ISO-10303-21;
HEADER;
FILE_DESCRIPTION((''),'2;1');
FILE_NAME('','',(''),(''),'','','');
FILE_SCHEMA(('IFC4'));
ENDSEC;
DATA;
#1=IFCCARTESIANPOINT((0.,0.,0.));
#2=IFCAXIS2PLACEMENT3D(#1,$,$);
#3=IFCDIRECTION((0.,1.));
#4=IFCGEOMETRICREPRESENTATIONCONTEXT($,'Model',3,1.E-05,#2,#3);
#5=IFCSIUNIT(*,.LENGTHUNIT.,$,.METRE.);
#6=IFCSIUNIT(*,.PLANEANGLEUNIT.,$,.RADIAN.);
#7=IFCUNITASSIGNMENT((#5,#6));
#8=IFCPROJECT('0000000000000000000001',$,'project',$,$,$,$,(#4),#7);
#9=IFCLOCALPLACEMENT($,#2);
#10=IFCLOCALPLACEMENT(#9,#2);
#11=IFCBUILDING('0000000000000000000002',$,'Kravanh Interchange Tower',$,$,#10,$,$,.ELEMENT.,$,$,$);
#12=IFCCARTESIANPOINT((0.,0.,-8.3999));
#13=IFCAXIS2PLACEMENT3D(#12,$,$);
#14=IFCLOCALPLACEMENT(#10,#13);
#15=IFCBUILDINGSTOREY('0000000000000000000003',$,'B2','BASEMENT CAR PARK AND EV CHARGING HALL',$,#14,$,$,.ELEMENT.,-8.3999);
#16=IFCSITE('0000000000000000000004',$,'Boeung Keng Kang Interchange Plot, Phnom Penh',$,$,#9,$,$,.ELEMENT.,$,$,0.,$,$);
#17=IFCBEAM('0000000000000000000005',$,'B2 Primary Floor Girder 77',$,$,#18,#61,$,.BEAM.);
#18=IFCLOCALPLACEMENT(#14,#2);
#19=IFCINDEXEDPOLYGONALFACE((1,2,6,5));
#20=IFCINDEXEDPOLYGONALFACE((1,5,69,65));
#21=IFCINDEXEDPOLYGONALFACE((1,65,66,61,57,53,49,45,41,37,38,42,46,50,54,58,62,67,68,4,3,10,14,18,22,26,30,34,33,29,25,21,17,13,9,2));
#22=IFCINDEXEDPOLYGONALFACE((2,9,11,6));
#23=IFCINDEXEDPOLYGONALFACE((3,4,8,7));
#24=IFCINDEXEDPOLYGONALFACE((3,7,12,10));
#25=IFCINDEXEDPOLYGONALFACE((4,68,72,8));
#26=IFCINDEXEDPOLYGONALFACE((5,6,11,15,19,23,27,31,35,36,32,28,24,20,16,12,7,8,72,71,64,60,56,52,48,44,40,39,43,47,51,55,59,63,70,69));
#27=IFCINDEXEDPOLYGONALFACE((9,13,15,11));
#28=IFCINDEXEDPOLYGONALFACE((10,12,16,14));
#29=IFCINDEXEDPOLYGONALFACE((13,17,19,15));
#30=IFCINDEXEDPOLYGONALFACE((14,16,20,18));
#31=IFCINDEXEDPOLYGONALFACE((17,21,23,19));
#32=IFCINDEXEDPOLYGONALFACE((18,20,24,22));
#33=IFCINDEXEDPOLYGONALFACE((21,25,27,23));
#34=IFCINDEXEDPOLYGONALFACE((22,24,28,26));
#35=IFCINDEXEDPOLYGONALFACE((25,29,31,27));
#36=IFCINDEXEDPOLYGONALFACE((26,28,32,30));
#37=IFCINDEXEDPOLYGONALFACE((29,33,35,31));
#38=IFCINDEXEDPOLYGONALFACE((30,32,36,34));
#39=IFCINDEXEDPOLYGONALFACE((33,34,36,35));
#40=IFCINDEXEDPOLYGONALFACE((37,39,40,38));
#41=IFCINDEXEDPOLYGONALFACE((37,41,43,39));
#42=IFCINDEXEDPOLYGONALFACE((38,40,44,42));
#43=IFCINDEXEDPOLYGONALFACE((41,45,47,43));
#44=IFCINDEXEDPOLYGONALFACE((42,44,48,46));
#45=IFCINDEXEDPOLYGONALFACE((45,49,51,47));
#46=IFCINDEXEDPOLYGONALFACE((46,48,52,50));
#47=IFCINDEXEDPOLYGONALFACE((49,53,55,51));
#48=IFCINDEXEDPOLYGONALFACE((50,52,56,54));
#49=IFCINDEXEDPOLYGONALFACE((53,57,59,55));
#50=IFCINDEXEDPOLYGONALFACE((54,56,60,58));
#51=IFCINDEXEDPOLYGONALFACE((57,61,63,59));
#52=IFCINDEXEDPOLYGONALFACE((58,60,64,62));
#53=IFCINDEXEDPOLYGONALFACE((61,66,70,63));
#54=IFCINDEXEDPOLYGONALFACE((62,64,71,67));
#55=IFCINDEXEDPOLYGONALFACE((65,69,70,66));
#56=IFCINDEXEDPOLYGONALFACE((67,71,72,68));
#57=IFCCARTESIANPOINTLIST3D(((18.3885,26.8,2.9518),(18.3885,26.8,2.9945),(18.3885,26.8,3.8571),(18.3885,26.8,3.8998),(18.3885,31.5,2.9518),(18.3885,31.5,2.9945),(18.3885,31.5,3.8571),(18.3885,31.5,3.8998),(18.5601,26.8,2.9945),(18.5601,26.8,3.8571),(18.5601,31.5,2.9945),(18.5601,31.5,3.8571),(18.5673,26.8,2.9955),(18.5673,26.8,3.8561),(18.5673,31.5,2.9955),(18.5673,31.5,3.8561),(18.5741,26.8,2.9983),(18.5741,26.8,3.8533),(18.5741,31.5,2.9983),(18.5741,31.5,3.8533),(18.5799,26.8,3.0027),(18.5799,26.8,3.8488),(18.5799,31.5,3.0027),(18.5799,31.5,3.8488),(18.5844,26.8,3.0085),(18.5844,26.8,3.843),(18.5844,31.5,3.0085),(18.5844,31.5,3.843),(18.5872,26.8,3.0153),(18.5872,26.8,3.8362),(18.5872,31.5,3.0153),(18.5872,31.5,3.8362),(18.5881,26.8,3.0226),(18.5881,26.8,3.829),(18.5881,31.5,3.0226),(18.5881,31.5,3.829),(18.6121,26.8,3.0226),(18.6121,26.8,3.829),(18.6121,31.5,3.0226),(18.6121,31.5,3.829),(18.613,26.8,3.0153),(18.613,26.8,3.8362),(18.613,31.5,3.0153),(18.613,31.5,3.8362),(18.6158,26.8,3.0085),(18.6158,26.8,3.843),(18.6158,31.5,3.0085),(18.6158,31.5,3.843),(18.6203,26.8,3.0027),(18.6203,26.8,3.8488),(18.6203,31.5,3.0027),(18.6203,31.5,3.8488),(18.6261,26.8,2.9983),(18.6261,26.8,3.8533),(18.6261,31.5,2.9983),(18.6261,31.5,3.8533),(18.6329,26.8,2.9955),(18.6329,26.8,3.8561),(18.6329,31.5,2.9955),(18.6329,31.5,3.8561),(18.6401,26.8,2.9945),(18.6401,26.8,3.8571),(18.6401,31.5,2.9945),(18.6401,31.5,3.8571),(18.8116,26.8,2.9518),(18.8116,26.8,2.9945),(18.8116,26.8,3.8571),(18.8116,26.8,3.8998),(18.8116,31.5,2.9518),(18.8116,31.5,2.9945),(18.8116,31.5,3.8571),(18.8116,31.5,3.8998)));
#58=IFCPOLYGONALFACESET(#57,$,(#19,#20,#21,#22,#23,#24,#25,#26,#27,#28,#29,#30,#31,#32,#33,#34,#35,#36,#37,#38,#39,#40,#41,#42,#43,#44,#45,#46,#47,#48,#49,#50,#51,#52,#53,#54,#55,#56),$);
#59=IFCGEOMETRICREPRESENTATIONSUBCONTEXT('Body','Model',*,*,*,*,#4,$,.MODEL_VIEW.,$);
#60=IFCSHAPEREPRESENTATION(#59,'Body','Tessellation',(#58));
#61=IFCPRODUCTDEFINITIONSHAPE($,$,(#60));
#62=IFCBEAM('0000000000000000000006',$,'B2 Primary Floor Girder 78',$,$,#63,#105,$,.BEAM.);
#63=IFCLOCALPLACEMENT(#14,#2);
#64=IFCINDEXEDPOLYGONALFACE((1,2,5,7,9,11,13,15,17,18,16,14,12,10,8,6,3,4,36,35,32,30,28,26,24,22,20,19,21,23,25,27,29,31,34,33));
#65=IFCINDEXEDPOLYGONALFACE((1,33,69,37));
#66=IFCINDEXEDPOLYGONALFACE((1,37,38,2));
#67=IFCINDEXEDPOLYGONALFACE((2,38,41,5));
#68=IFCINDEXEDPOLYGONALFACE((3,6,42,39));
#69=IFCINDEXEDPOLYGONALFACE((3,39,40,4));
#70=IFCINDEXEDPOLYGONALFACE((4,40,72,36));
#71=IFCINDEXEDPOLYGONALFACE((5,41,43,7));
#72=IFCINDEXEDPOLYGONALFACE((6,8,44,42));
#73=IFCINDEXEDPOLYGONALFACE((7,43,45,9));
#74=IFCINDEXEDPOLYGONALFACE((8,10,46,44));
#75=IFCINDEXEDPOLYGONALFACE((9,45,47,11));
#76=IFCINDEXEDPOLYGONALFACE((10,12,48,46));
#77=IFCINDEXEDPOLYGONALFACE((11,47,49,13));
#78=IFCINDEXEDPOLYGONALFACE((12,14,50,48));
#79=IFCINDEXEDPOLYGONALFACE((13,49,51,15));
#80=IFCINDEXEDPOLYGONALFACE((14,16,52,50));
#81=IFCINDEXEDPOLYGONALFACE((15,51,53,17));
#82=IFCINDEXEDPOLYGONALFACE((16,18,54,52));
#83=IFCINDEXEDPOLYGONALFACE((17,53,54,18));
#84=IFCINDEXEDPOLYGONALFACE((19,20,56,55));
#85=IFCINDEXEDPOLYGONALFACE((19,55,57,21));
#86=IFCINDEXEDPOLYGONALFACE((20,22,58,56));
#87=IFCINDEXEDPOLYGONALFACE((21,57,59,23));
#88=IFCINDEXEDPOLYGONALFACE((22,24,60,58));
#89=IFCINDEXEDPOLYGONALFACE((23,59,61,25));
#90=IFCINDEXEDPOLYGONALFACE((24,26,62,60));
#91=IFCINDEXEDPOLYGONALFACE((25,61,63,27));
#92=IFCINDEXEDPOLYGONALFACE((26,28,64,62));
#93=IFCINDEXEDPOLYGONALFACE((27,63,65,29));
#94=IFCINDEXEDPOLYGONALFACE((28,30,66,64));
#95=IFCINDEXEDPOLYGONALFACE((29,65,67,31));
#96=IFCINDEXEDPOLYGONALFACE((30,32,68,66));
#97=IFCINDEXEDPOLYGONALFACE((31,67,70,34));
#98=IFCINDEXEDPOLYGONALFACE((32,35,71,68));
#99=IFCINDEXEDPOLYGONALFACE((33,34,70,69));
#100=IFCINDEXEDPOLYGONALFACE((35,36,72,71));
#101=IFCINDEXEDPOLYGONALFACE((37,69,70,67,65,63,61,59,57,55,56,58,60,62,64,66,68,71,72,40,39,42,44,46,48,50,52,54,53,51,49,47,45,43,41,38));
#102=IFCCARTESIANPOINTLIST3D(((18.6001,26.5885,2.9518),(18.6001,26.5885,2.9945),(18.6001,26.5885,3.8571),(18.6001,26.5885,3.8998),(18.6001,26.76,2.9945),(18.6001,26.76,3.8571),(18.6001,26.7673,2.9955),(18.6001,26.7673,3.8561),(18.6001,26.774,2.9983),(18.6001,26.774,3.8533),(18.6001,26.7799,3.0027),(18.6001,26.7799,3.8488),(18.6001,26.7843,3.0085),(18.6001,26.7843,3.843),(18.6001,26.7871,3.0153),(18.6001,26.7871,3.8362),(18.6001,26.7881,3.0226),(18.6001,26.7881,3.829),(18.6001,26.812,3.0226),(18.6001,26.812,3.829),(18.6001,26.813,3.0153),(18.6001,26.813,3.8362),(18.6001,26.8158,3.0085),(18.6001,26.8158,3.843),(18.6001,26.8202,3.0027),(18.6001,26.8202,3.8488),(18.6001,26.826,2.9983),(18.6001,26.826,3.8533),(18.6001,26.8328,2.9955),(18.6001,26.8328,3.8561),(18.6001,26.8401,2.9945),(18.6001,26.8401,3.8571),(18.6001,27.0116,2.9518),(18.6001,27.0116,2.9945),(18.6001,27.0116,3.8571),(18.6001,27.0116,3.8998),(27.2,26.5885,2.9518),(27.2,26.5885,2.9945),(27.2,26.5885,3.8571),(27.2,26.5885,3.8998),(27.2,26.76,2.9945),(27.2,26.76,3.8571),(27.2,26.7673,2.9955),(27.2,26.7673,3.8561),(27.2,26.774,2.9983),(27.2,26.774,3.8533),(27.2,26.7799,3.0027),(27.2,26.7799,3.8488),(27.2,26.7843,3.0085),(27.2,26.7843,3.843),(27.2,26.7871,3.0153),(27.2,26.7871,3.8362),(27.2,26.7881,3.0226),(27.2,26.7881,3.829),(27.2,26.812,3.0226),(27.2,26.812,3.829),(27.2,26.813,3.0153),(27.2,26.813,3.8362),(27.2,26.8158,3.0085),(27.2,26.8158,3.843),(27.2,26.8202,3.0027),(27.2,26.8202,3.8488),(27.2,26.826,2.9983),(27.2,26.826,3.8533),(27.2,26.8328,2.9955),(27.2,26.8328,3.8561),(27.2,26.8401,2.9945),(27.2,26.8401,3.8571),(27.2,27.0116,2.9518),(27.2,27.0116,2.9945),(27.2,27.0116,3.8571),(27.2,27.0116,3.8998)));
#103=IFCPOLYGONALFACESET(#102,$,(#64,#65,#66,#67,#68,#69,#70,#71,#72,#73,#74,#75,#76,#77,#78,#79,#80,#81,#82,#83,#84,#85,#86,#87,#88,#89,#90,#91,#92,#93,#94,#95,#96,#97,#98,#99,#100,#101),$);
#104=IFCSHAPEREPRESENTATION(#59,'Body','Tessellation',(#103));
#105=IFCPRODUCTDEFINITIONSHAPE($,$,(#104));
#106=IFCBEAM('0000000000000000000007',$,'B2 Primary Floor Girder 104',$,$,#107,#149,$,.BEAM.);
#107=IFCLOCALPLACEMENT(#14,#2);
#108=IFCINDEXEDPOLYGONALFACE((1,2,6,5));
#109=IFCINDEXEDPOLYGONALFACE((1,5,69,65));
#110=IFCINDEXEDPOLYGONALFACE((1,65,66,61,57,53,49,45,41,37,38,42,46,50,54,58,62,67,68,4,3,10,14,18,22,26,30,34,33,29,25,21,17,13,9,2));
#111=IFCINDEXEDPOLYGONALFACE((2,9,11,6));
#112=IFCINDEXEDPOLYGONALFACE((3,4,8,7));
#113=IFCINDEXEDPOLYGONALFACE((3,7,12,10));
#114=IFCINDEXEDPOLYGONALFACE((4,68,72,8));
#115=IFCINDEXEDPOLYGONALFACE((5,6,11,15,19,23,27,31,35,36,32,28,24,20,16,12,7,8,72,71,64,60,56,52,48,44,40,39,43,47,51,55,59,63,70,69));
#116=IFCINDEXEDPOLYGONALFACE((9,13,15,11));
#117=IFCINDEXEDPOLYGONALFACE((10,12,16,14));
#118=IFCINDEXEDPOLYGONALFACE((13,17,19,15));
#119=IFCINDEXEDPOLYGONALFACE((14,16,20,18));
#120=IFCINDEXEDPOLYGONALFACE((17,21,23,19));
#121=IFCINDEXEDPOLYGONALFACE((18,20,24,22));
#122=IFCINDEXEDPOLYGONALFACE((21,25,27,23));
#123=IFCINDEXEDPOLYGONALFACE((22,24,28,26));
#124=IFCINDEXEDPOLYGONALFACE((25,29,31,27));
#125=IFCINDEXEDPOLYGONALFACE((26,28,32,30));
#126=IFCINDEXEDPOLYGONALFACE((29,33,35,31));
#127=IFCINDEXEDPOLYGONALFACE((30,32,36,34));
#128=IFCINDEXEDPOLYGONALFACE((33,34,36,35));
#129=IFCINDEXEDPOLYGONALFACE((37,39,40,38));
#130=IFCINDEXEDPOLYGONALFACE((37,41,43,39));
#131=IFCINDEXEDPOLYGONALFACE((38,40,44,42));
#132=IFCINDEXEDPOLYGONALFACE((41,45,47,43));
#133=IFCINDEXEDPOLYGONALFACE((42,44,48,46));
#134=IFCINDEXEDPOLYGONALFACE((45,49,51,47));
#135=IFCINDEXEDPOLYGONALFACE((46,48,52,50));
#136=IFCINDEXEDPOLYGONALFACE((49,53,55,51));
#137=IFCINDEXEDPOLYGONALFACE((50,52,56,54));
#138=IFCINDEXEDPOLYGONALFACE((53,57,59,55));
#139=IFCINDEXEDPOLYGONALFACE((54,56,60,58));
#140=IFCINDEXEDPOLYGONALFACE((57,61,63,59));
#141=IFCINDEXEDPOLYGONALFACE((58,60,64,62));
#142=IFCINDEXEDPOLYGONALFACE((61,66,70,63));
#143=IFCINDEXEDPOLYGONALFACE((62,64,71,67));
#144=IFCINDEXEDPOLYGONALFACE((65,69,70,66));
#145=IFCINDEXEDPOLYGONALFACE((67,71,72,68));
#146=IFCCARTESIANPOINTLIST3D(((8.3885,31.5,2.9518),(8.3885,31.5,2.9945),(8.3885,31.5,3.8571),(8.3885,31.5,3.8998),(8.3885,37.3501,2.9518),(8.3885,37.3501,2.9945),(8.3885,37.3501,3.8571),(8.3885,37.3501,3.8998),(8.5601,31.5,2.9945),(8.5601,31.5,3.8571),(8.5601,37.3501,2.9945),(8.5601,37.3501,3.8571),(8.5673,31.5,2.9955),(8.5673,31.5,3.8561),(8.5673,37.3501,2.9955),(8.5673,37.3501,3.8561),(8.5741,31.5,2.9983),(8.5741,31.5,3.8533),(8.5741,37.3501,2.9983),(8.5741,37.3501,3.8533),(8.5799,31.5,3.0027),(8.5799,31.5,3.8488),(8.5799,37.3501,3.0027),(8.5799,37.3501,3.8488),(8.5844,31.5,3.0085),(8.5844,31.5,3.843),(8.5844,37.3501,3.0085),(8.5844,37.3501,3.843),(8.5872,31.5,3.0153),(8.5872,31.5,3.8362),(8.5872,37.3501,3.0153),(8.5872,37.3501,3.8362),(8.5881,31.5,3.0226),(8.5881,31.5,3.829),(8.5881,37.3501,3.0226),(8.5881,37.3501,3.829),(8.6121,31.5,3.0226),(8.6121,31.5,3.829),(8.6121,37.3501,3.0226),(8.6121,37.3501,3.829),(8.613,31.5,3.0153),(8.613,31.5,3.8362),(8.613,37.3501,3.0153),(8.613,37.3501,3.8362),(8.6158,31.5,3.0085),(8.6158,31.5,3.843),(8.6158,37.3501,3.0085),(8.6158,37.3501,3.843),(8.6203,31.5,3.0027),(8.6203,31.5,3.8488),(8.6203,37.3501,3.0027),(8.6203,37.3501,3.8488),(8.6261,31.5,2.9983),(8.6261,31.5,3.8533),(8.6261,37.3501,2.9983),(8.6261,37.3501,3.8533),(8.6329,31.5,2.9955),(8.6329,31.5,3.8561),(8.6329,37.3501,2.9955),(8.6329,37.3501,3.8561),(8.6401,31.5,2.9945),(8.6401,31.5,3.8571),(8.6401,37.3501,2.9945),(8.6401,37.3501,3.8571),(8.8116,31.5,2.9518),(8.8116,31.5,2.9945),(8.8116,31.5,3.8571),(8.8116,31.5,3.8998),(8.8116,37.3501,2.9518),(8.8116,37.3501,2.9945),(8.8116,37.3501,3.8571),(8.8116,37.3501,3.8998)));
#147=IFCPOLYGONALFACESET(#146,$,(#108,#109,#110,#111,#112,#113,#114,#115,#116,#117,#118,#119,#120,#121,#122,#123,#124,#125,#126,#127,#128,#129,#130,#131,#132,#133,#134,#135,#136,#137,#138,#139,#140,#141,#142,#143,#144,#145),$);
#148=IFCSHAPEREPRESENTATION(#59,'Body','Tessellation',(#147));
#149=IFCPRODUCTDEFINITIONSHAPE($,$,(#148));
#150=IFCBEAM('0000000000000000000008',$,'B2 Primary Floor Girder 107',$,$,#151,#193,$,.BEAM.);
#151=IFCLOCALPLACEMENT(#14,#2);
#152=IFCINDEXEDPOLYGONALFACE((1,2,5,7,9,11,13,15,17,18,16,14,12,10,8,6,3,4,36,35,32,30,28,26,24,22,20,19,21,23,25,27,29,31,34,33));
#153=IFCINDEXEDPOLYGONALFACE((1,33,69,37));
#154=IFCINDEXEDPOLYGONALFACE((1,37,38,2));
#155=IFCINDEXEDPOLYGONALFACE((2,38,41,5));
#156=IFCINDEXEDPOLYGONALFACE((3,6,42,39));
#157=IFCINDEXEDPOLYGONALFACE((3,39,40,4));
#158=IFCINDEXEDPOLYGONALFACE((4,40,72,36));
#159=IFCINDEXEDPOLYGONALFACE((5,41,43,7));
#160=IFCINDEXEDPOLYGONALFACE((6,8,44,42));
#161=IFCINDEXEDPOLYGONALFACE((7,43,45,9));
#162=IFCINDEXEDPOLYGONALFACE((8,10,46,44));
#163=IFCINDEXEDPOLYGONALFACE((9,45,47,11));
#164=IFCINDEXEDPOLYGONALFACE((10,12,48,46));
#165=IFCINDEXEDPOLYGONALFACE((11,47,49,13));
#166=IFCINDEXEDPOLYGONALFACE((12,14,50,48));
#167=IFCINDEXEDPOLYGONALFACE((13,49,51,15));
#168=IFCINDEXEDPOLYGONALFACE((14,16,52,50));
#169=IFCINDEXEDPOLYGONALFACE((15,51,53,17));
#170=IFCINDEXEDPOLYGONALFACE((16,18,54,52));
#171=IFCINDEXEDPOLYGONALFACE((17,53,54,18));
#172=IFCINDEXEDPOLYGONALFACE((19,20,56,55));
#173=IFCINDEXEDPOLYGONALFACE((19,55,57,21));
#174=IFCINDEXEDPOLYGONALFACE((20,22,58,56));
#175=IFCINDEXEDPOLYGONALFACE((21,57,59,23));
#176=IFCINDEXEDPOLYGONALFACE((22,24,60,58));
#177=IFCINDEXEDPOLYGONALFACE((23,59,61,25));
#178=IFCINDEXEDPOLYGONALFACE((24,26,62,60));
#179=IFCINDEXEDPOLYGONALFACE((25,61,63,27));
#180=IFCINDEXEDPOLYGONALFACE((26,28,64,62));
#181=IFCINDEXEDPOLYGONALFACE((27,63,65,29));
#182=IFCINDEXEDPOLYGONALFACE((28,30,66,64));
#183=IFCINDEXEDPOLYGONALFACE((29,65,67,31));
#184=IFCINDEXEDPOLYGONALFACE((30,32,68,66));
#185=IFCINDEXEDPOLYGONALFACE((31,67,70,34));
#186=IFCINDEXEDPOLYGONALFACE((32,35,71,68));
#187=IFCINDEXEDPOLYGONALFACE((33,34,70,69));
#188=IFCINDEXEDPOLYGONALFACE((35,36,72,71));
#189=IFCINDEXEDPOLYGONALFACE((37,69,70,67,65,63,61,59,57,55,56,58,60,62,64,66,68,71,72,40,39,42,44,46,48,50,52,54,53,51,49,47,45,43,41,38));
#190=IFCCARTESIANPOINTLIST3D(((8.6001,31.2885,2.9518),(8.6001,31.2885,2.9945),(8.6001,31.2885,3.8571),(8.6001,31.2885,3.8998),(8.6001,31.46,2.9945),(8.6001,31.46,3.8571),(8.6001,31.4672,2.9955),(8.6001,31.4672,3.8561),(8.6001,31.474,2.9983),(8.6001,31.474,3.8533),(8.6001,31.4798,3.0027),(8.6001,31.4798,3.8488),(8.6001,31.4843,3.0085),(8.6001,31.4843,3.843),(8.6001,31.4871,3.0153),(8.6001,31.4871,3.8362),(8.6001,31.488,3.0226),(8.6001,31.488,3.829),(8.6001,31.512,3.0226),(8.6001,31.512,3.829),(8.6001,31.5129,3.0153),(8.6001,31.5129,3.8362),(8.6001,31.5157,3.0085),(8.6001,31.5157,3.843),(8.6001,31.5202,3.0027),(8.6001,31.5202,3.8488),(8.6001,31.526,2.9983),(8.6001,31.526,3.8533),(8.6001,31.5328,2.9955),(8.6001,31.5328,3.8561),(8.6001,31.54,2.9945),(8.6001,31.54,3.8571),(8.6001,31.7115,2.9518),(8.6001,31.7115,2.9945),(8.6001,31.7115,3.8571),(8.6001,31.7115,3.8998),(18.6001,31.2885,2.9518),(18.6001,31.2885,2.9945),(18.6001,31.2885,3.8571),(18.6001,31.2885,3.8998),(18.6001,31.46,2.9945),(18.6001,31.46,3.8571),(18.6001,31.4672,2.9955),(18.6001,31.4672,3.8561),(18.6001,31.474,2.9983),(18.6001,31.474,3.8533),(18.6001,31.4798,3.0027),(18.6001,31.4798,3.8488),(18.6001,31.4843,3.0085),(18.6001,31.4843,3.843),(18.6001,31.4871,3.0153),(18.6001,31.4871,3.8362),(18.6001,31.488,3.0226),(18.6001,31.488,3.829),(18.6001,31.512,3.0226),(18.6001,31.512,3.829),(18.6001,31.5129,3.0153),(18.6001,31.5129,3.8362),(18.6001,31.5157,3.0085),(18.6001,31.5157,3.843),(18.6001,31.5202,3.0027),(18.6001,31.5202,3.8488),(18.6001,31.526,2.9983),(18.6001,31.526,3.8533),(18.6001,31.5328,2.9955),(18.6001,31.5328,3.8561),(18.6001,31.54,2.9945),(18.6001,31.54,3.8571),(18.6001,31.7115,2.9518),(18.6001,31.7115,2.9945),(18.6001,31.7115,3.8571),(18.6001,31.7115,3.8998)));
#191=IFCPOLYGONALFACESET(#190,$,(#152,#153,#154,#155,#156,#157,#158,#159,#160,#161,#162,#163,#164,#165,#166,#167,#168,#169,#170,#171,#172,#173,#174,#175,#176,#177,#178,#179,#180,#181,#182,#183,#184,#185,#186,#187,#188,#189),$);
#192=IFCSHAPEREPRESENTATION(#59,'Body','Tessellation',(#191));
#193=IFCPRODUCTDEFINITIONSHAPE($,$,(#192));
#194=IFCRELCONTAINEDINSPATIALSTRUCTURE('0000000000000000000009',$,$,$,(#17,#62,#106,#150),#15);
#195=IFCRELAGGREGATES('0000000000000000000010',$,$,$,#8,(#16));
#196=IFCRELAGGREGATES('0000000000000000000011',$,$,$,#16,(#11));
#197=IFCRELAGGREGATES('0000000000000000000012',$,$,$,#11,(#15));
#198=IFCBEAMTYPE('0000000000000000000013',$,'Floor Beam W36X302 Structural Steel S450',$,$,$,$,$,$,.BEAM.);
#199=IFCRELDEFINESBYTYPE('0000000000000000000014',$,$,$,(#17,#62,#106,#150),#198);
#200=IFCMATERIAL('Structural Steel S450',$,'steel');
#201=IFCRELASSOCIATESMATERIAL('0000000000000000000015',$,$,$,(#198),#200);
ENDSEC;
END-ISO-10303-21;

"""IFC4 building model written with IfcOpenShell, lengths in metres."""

from ifc_helpers import new_model, si_unit, direction, frame, origin, origin_2d, place, context, subcontext, project, spatial, i_section, extrude, material, material_profile, profile_set, type_object, element, save


model = new_model("IFC4")

# Units and contexts
model_context = context("Model", 3, precision=1e-05, world=origin(), true_north=direction((0.0, 1.0)))
body_context = subcontext(model_context, "Body", "Model", "MODEL_VIEW")
ifc_project = project(units=[si_unit("LENGTHUNIT", "METRE"), si_unit("PLANEANGLEUNIT", "RADIAN")], contexts=[model_context])

# Site, building, storey
site_placement = place(None, origin())
site = spatial("IfcSite", under=ifc_project, at=site_placement, Name="Boeung Keng Kang Interchange Plot, Phnom Penh", CompositionType="ELEMENT", RefElevation=0.0)
building_placement = place(site_placement, origin())
building = spatial("IfcBuilding", under=site, at=building_placement, Name="Kravanh Interchange Tower", CompositionType="ELEMENT")
storey_placement = place(building_placement, frame((0.0, 0.0, -8.3999)))
storey = spatial("IfcBuildingStorey", under=building, at=storey_placement, Name="B2", Description="BASEMENT CAR PARK AND EV CHARGING HALL", CompositionType="ELEMENT", Elevation=-8.3999)

# Beams
ifc_material_1 = material(Name="Structural Steel S450", Category="steel")
ifc_material_profile_1 = material_profile(ifc_material_1, i_section(OverallWidth=0.4231, OverallDepth=0.948, WebThickness=0.0239, FlangeThickness=0.0427, FilletRadius=0.0281, at=origin_2d()), Name="W36X302")
ifc_profile_set_1 = profile_set([ifc_material_profile_1], Name="Structural Steel S450")
beam_type_1 = type_object("IfcBeamType", Name="Floor Beam W36X302 Structural Steel S450", PredefinedType="BEAM", material=ifc_profile_set_1)
beam_1_placement = place(storey_placement, frame((18.6001, 26.8, 3.4258), z_axis=(0.0, 1.0, 0.0), x_axis=(-1.0, 0.0, 0.0)))
element("IfcBeam", 1, at=beam_1_placement, inside=storey, type_object=beam_type_1, Name="B2 Primary Floor Girder 77", PredefinedType="BEAM", context=body_context, shape_type="SweptSolid", body=[
    extrude(i_section(OverallWidth=0.4231, OverallDepth=0.948, WebThickness=0.0239, FlangeThickness=0.0427, FilletRadius=0.0281, at=origin_2d()), origin(), (0.0, 0.0, 1.0), 4.7),
])
beam_2_placement = place(storey_placement, frame((18.6001, 26.8, 3.4258), z_axis=(1.0, 0.0, 0.0), x_axis=(0.0, 1.0, 0.0)))
element("IfcBeam", 2, at=beam_2_placement, inside=storey, type_object=beam_type_1, Name="B2 Primary Floor Girder 78", PredefinedType="BEAM", context=body_context, shape_type="SweptSolid", body=[
    extrude(i_section(OverallWidth=0.4231, OverallDepth=0.948, WebThickness=0.0239, FlangeThickness=0.0427, FilletRadius=0.0281, at=origin_2d()), origin(), (0.0, 0.0, 1.0), 8.5999),
])
beam_3_placement = place(storey_placement, frame((8.6001, 31.5, 3.4258), z_axis=(0.0, 1.0, 0.0), x_axis=(-1.0, 0.0, 0.0)))
element("IfcBeam", 3, at=beam_3_placement, inside=storey, type_object=beam_type_1, Name="B2 Primary Floor Girder 104", PredefinedType="BEAM", context=body_context, shape_type="SweptSolid", body=[
    extrude(i_section(OverallWidth=0.4231, OverallDepth=0.948, WebThickness=0.0239, FlangeThickness=0.0427, FilletRadius=0.0281, at=origin_2d()), origin(), (0.0, 0.0, 1.0), 5.8501),
])
beam_4_placement = place(storey_placement, frame((8.6001, 31.5, 3.4258), z_axis=(1.0, 0.0, 0.0), x_axis=(0.0, 1.0, 0.0)))
element("IfcBeam", 4, at=beam_4_placement, inside=storey, type_object=beam_type_1, Name="B2 Primary Floor Girder 107", PredefinedType="BEAM", context=body_context, shape_type="SweptSolid", body=[
    extrude(i_section(OverallWidth=0.4231, OverallDepth=0.948, WebThickness=0.0239, FlangeThickness=0.0427, FilletRadius=0.0281, at=origin_2d()), origin(), (0.0, 0.0, 1.0), 10.0),
])

save(model, "model.ifc")
